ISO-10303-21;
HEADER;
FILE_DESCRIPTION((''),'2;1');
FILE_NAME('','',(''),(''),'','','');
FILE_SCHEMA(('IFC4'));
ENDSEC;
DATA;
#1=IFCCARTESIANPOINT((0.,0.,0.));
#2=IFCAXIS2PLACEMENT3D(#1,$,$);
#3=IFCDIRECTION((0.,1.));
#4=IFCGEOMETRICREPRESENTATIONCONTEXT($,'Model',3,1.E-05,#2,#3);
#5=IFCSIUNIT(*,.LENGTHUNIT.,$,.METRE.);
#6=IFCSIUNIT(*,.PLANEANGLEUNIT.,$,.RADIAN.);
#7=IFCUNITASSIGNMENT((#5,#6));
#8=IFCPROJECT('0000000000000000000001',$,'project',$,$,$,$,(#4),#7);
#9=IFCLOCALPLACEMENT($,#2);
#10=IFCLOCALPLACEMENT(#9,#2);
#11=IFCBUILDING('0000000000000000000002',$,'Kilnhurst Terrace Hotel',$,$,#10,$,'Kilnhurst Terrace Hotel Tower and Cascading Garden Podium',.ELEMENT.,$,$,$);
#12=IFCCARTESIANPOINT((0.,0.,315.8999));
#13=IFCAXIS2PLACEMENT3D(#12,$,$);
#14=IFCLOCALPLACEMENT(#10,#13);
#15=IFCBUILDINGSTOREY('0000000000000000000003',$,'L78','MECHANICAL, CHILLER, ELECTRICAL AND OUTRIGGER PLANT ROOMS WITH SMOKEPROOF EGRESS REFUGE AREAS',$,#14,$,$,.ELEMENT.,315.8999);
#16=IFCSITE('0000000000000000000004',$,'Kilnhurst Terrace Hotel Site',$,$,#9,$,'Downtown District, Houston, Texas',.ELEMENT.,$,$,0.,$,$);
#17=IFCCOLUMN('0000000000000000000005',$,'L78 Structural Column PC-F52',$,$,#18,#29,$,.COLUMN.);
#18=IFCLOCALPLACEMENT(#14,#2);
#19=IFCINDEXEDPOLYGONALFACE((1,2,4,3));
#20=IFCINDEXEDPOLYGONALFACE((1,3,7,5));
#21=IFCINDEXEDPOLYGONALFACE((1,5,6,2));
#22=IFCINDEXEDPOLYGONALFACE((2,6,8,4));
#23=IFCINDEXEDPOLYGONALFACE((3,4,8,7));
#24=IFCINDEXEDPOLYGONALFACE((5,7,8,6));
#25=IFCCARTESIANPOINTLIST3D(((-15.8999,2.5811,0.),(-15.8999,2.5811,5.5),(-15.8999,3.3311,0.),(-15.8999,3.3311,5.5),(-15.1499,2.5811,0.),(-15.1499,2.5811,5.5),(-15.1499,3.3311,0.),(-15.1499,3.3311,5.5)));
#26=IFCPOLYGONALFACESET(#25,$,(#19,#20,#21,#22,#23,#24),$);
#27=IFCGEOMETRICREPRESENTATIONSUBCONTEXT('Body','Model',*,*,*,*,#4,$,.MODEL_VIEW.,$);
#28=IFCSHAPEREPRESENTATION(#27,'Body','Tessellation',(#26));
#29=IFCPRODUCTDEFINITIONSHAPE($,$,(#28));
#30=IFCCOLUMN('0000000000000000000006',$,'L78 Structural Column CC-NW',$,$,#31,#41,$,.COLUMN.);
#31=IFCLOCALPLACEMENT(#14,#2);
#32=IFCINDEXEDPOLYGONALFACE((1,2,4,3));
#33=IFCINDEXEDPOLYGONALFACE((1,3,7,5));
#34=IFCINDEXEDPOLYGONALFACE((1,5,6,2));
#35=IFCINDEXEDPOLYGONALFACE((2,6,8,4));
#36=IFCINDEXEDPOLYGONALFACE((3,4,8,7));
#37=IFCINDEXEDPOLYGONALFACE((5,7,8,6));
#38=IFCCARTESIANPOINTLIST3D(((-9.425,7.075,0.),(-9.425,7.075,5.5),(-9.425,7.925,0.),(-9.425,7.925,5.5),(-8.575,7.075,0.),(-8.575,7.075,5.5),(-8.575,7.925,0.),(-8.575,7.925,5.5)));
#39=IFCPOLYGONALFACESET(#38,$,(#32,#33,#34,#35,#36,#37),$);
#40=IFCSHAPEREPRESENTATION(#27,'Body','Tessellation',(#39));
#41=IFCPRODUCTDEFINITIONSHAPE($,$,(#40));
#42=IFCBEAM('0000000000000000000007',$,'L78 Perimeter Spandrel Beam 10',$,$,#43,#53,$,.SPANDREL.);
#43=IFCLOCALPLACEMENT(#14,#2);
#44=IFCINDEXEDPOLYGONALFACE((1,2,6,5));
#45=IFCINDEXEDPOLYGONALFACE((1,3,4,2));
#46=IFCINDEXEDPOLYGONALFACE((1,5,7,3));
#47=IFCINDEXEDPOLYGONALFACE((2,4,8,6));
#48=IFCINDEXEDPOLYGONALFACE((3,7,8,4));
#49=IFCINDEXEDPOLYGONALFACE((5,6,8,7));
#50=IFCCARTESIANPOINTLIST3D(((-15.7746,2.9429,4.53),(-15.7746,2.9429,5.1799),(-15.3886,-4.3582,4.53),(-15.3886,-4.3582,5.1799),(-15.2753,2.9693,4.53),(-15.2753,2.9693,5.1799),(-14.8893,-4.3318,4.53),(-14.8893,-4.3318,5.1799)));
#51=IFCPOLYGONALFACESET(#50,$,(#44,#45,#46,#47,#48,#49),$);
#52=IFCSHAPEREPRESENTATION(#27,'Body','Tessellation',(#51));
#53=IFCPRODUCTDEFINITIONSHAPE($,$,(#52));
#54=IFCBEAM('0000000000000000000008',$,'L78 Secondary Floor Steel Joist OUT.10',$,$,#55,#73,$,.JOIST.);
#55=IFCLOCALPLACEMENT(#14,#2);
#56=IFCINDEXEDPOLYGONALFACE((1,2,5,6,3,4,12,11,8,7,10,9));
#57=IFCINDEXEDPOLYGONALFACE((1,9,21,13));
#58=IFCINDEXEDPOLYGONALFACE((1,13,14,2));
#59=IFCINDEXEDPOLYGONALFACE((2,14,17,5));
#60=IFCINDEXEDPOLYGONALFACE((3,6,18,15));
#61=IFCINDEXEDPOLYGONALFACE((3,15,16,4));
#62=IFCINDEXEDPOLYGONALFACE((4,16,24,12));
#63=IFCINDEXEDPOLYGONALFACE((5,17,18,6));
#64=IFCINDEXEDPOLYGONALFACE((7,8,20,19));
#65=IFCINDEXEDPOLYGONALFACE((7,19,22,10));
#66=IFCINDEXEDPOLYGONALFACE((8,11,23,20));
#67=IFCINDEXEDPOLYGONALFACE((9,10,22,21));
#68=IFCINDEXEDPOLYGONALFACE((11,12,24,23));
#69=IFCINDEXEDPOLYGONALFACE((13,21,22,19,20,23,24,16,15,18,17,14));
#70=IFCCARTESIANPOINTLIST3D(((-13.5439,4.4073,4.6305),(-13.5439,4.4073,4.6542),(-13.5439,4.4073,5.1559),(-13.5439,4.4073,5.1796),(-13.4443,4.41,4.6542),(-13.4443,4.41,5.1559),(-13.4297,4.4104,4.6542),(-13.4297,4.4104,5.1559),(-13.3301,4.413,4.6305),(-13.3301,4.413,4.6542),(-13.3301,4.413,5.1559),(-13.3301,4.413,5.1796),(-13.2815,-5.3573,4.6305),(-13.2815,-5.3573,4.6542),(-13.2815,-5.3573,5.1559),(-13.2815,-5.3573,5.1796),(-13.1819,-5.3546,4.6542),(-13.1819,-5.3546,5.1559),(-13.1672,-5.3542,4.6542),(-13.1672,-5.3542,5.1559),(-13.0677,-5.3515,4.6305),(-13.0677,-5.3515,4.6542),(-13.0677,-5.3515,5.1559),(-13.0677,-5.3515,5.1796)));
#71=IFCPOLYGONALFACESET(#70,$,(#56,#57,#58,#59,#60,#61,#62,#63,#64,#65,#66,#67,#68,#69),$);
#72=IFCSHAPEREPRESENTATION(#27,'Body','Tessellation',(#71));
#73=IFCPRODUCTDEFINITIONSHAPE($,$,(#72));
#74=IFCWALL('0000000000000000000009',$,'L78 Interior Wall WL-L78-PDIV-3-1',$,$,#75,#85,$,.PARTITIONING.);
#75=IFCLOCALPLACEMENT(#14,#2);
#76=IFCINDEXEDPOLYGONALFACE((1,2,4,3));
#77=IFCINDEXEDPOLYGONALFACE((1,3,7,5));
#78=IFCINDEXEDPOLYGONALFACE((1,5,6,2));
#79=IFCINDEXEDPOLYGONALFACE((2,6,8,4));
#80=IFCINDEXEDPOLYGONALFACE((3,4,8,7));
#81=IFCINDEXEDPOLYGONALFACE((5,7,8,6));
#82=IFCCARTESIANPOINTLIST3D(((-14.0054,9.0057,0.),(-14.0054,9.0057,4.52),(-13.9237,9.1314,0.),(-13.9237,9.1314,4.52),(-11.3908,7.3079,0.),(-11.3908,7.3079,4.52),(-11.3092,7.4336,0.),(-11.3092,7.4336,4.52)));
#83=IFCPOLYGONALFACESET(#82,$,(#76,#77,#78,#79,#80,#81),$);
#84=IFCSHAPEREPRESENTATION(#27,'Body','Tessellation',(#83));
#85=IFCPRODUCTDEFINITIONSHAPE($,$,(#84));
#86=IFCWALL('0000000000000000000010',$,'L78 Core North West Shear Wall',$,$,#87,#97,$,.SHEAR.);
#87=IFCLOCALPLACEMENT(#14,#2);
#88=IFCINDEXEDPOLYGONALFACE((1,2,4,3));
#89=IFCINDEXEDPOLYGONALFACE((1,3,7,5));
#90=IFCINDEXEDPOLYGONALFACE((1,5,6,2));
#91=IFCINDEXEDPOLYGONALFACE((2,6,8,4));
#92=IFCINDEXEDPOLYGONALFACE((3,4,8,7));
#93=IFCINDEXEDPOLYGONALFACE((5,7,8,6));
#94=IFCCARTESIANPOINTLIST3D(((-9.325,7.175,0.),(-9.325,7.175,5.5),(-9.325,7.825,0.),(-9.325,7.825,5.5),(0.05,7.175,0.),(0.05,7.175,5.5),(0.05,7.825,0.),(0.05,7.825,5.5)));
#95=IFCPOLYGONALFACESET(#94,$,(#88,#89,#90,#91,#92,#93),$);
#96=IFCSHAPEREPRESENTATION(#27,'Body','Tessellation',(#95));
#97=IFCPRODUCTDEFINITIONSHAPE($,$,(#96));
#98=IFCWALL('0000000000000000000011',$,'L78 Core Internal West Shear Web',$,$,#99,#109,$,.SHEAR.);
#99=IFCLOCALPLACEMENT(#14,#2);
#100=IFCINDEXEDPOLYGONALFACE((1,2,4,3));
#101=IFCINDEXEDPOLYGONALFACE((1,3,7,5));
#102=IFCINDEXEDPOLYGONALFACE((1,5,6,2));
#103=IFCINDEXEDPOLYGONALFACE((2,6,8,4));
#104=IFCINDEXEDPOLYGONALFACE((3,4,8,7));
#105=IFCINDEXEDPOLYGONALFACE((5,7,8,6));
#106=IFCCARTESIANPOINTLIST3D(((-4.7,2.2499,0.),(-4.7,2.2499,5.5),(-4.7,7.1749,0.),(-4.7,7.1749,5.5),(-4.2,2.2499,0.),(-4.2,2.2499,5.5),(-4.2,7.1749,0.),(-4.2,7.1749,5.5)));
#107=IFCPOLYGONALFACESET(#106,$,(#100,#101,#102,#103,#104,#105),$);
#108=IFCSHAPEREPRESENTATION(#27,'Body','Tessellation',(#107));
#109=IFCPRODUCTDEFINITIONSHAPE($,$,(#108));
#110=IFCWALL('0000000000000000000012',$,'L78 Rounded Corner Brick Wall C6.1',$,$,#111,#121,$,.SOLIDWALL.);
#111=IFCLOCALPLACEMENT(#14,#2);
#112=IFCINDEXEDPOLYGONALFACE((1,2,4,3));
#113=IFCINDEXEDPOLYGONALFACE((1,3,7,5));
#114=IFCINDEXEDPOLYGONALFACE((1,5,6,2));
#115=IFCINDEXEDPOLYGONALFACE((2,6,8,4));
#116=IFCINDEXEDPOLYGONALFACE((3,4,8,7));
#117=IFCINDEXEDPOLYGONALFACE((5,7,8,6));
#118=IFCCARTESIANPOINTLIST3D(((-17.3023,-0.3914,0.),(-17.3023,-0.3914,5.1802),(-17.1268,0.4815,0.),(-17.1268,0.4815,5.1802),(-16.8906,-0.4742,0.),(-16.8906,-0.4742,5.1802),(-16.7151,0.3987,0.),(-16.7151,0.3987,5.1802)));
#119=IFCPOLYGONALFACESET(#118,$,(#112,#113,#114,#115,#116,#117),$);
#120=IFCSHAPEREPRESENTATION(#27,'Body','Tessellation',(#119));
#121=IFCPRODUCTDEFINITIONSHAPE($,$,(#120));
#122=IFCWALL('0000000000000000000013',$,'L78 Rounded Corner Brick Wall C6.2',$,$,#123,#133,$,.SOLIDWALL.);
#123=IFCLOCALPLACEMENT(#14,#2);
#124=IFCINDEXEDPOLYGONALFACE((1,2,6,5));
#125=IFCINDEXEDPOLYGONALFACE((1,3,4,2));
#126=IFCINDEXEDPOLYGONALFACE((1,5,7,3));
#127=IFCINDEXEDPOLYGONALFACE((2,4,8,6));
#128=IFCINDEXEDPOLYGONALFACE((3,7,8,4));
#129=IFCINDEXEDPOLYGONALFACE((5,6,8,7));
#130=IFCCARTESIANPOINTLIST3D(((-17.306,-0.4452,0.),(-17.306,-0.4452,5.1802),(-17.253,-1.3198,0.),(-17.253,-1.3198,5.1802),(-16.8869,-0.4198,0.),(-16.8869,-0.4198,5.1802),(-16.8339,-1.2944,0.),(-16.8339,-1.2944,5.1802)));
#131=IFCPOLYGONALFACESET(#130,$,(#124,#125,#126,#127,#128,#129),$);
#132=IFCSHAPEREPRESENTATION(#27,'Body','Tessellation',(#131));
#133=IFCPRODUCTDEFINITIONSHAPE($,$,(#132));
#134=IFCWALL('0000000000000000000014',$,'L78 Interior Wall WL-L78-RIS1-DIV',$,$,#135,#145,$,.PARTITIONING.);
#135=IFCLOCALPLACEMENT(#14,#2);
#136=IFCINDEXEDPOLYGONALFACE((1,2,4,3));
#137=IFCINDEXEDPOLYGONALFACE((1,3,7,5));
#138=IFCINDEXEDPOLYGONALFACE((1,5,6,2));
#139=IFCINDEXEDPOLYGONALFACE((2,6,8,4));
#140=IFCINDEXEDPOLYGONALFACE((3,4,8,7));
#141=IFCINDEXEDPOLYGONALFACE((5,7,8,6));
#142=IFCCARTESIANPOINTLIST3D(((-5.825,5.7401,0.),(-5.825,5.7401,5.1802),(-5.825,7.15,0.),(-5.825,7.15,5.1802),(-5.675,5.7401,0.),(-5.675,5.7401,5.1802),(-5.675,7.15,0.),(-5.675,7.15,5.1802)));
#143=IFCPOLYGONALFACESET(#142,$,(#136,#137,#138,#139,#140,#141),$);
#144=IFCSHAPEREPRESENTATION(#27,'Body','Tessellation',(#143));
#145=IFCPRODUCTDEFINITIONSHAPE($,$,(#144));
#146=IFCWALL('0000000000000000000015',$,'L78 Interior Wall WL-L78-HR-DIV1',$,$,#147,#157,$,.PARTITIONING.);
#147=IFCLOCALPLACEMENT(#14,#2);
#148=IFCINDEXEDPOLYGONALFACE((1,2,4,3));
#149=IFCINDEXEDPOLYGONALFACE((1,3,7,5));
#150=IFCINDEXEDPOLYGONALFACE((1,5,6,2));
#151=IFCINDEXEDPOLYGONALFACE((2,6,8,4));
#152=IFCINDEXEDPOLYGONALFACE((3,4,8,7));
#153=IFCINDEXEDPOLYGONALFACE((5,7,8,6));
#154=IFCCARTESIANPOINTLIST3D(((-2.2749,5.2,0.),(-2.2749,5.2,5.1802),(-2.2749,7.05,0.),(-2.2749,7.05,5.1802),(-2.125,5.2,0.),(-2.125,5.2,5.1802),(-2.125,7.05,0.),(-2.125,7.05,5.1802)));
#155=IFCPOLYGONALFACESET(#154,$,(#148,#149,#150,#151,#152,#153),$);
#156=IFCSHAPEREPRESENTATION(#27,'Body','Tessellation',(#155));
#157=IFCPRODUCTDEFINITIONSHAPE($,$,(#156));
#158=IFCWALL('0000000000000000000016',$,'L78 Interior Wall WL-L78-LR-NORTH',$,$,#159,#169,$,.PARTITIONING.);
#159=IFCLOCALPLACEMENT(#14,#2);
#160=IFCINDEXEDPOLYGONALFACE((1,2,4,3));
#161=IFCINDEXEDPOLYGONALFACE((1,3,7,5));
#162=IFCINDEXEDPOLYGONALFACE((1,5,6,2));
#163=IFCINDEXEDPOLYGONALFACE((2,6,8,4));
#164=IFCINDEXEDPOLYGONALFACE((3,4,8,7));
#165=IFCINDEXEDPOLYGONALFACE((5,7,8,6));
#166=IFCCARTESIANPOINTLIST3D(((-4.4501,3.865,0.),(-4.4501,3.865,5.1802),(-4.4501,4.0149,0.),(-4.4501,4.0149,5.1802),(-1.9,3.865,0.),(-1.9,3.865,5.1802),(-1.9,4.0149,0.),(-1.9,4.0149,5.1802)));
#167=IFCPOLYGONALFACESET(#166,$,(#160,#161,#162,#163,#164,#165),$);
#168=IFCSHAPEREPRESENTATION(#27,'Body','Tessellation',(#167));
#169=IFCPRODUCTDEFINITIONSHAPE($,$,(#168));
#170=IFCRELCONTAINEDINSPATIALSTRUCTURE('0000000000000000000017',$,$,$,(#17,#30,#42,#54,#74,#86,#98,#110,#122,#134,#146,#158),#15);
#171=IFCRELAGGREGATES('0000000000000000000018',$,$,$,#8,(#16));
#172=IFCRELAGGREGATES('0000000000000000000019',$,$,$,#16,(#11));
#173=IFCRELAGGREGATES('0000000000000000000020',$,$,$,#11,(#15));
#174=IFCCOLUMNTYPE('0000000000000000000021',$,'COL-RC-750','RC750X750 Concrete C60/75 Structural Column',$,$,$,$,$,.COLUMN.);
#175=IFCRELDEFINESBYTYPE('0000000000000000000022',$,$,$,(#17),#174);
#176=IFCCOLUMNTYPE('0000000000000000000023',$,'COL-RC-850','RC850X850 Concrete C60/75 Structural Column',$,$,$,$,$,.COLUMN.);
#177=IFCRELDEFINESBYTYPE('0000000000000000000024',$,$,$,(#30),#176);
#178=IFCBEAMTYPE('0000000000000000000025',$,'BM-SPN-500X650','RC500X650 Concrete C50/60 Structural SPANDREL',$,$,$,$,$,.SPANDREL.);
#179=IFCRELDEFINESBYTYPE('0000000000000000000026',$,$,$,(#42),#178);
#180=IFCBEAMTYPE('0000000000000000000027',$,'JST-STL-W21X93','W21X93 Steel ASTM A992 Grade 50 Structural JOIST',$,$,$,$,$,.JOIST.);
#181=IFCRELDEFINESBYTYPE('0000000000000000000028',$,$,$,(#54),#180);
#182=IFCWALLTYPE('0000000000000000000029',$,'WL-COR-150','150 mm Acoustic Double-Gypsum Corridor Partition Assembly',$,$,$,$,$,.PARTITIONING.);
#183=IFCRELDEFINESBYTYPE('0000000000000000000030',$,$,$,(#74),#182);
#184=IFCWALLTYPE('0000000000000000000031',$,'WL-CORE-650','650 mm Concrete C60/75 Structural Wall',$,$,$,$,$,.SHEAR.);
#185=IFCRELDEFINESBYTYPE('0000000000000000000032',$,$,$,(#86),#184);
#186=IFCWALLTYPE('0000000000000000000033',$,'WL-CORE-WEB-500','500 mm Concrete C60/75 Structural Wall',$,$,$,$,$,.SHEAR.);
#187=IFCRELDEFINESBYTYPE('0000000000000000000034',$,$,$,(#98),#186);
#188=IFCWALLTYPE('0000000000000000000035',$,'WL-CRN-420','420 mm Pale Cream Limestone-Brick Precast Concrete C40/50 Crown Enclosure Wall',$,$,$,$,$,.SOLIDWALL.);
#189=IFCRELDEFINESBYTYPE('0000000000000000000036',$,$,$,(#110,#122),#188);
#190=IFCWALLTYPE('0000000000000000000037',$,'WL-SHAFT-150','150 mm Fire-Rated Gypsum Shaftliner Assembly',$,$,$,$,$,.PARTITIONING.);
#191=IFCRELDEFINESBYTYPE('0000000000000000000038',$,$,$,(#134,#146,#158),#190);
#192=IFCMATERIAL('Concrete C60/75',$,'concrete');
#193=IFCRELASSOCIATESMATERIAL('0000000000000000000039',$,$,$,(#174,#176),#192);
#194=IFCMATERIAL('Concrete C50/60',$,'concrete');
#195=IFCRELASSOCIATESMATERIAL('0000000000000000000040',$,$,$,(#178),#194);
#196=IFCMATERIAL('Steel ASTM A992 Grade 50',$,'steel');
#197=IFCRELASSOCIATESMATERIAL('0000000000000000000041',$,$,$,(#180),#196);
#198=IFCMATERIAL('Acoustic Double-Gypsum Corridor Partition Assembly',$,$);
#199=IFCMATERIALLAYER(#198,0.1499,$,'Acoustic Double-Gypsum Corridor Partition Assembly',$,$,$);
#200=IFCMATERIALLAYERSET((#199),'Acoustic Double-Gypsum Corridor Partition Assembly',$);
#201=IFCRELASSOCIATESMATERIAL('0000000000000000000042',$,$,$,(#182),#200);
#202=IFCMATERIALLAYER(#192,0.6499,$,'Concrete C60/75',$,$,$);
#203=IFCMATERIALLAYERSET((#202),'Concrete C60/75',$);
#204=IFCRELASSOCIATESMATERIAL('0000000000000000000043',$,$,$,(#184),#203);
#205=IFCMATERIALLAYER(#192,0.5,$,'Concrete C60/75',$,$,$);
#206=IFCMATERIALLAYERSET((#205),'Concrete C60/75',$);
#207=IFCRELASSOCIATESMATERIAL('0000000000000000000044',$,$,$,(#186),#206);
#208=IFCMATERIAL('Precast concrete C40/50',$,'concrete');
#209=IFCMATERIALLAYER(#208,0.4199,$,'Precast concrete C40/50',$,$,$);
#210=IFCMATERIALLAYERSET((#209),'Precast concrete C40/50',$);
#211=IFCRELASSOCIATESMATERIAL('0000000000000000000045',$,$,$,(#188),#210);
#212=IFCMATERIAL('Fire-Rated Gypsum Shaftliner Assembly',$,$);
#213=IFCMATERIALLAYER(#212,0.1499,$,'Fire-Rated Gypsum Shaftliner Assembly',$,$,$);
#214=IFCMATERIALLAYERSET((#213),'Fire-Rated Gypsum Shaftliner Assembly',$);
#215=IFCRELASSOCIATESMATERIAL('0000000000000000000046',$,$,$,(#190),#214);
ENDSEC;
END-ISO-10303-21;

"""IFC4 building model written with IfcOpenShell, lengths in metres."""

from ifc_helpers import new_model, si_unit, direction, frame, frame_2d, origin, origin_2d, place, context, subcontext, project, spatial, rectangle, i_section, extrude, material, layer, layer_set, material_profile, profile_set, type_object, element, save


model = new_model("IFC4")

# Units and contexts
model_context = context("Model", 3, precision=1e-05, world=origin(), true_north=direction((0.0, 1.0)))
body_context = subcontext(model_context, "Body", "Model", "MODEL_VIEW")
ifc_project = project(units=[si_unit("LENGTHUNIT", "METRE"), si_unit("PLANEANGLEUNIT", "RADIAN")], contexts=[model_context])

# Site, building, storey
site_placement = place(None, origin())
site = spatial("IfcSite", under=ifc_project, at=site_placement, Name="Kilnhurst Terrace Hotel Site", LongName="Downtown District, Houston, Texas", CompositionType="ELEMENT", RefElevation=0.0)
building_placement = place(site_placement, origin())
building = spatial("IfcBuilding", under=site, at=building_placement, Name="Kilnhurst Terrace Hotel", LongName="Kilnhurst Terrace Hotel Tower and Cascading Garden Podium", CompositionType="ELEMENT")
storey_placement = place(building_placement, frame((0.0, 0.0, 315.8999)))
storey = spatial("IfcBuildingStorey", under=building, at=storey_placement, Name="L78", Description="MECHANICAL, CHILLER, ELECTRICAL AND OUTRIGGER PLANT ROOMS WITH SMOKEPROOF EGRESS REFUGE AREAS", CompositionType="ELEMENT", Elevation=315.8999)

# Columns
ifc_material_1 = material(Name="Concrete C60/75", Category="concrete")
ifc_material_profile_1 = material_profile(ifc_material_1, rectangle(XDim=0.75, YDim=0.75, at=origin_2d()), Name="RC750X750")
ifc_profile_set_1 = profile_set([ifc_material_profile_1], Name="Concrete C60/75")
column_type_1 = type_object("IfcColumnType", Name="COL-RC-750", Description="RC750X750 Concrete C60/75 Structural Column", PredefinedType="COLUMN", material=ifc_profile_set_1)
column_1_placement = place(storey_placement, frame((-15.5249, 2.9561, 0.0), z_axis=(0.0, 0.0, 1.0), x_axis=(1.0, 0.0, 0.0)))
element("IfcColumn", 1, at=column_1_placement, inside=storey, type_object=column_type_1, Name="L78 Structural Column PC-F52", PredefinedType="COLUMN", context=body_context, shape_type="SweptSolid", body=[
    extrude(rectangle(XDim=0.75, YDim=0.75, at=origin_2d()), origin(), (0.0, 0.0, 1.0), 5.5),
])
ifc_material_profile_2 = material_profile(ifc_material_1, rectangle(XDim=0.8501, YDim=0.8501, at=origin_2d()), Name="RC850X850")
ifc_profile_set_2 = profile_set([ifc_material_profile_2], Name="Concrete C60/75")
column_type_2 = type_object("IfcColumnType", Name="COL-RC-850", Description="RC850X850 Concrete C60/75 Structural Column", PredefinedType="COLUMN", material=ifc_profile_set_2)
column_2_placement = place(storey_placement, frame((-9.0, 7.5, 0.0), z_axis=(0.0, 0.0, 1.0), x_axis=(1.0, 0.0, 0.0)))
element("IfcColumn", 2, at=column_2_placement, inside=storey, type_object=column_type_2, Name="L78 Structural Column CC-NW", PredefinedType="COLUMN", context=body_context, shape_type="SweptSolid", body=[
    extrude(rectangle(XDim=0.8501, YDim=0.8501, at=origin_2d()), origin(), (0.0, 0.0, 1.0), 5.5),
])

# Beams
ifc_material_2 = material(Name="Concrete C50/60", Category="concrete")
ifc_material_profile_3 = material_profile(ifc_material_2, rectangle(XDim=0.5, YDim=0.6499, at=origin_2d()), Name="RC500X650")
ifc_profile_set_3 = profile_set([ifc_material_profile_3], Name="Concrete C50/60")
beam_type_1 = type_object("IfcBeamType", Name="BM-SPN-500X650", Description="RC500X650 Concrete C50/60 Structural SPANDREL", PredefinedType="SPANDREL", material=ifc_profile_set_3)
beam_1_placement = place(storey_placement, frame((-15.5249, 2.9561, 4.855), z_axis=(0.052794, -0.998605, 0.0), x_axis=(0.998605, 0.052794, 0.0)))
element("IfcBeam", 3, at=beam_1_placement, inside=storey, type_object=beam_type_1, Name="L78 Perimeter Spandrel Beam 10", PredefinedType="SPANDREL", context=body_context, shape_type="SweptSolid", body=[
    extrude(rectangle(XDim=0.5, YDim=0.6499, at=origin_2d()), origin(), (0.0, 0.0, 1.0), 7.3113),
])
ifc_material_3 = material(Name="Steel ASTM A992 Grade 50", Category="steel")
ifc_material_profile_4 = material_profile(ifc_material_3, i_section(OverallWidth=0.2139, OverallDepth=0.5491, WebThickness=0.0146, FlangeThickness=0.0237, at=origin_2d()), Name="W21X93")
ifc_profile_set_4 = profile_set([ifc_material_profile_4], Name="Steel ASTM A992 Grade 50")
beam_type_2 = type_object("IfcBeamType", Name="JST-STL-W21X93", Description="W21X93 Steel ASTM A992 Grade 50 Structural JOIST", PredefinedType="JOIST", material=ifc_profile_set_4)
beam_2_placement = place(storey_placement, frame((-13.437, 4.4102, 4.905), z_axis=(0.026868, -0.999639, 0.0), x_axis=(0.999639, 0.026868, 0.0)))
element("IfcBeam", 4, at=beam_2_placement, inside=storey, type_object=beam_type_2, Name="L78 Secondary Floor Steel Joist OUT.10", PredefinedType="JOIST", context=body_context, shape_type="SweptSolid", body=[
    extrude(i_section(OverallWidth=0.2139, OverallDepth=0.5491, WebThickness=0.0146, FlangeThickness=0.0237, at=origin_2d()), origin(), (0.0, 0.0, 1.0), 9.7681),
])

# Walls
ifc_material_4 = material(Name="Acoustic Double-Gypsum Corridor Partition Assembly")
ifc_layer_1 = layer(ifc_material_4, 0.1499, Name="Acoustic Double-Gypsum Corridor Partition Assembly")
ifc_layer_set_1 = layer_set([ifc_layer_1], Name="Acoustic Double-Gypsum Corridor Partition Assembly")
wall_type_1 = type_object("IfcWallType", Name="WL-COR-150", Description="150 mm Acoustic Double-Gypsum Corridor Partition Assembly", PredefinedType="PARTITIONING", material=ifc_layer_set_1)
wall_1_placement = place(storey_placement, frame((-11.3501, 7.3708, 0.0), z_axis=(0.0, 0.0, 1.0), x_axis=(-0.838689, 0.544611, 0.0)))
element("IfcWall", 5, at=wall_1_placement, inside=storey, type_object=wall_type_1, Name="L78 Interior Wall WL-L78-PDIV-3-1", PredefinedType="PARTITIONING", context=body_context, shape_type="SweptSolid", body=[
    extrude(rectangle(XDim=3.1174, YDim=0.1499, at=frame_2d((1.5586, 0.0))), origin(), (0.0, 0.0, 1.0), 4.52),
])
ifc_layer_2 = layer(ifc_material_1, 0.6499, Name="Concrete C60/75")
ifc_layer_set_2 = layer_set([ifc_layer_2], Name="Concrete C60/75")
wall_type_2 = type_object("IfcWallType", Name="WL-CORE-650", Description="650 mm Concrete C60/75 Structural Wall", PredefinedType="SHEAR", material=ifc_layer_set_2)
wall_2_placement = place(storey_placement, frame((-9.325, 7.5, 0.0), z_axis=(0.0, 0.0, 1.0), x_axis=(1.0, 0.0, 0.0)))
element("IfcWall", 6, at=wall_2_placement, inside=storey, type_object=wall_type_2, Name="L78 Core North West Shear Wall", PredefinedType="SHEAR", context=body_context, shape_type="SweptSolid", body=[
    extrude(rectangle(XDim=9.375, YDim=0.6499, at=frame_2d((4.6875, 0.0))), origin(), (0.0, 0.0, 1.0), 5.5),
])
ifc_layer_3 = layer(ifc_material_1, 0.5, Name="Concrete C60/75")
ifc_layer_set_3 = layer_set([ifc_layer_3], Name="Concrete C60/75")
wall_type_3 = type_object("IfcWallType", Name="WL-CORE-WEB-500", Description="500 mm Concrete C60/75 Structural Wall", PredefinedType="SHEAR", material=ifc_layer_set_3)
wall_3_placement = place(storey_placement, frame((-4.45, 2.25, 0.0), z_axis=(0.0, 0.0, 1.0), x_axis=(0.0, 1.0, 0.0)))
element("IfcWall", 7, at=wall_3_placement, inside=storey, type_object=wall_type_3, Name="L78 Core Internal West Shear Web", PredefinedType="SHEAR", context=body_context, shape_type="SweptSolid", body=[
    extrude(rectangle(XDim=4.925, YDim=0.5, at=frame_2d((2.4624, 0.0))), origin(), (0.0, 0.0, 1.0), 5.5),
])
ifc_material_5 = material(Name="Precast concrete C40/50", Category="concrete")
ifc_layer_4 = layer(ifc_material_5, 0.4199, Name="Precast concrete C40/50")
ifc_layer_set_4 = layer_set([ifc_layer_4], Name="Precast concrete C40/50")
wall_type_4 = type_object("IfcWallType", Name="WL-CRN-420", Description="420 mm Pale Cream Limestone-Brick Precast Concrete C40/50 Crown Enclosure Wall", PredefinedType="SOLIDWALL", material=ifc_layer_set_4)
wall_4_placement = place(storey_placement, frame((-16.9209, 0.4402, 0.0), z_axis=(0.0, 0.0, 1.0), x_axis=(-0.197171, -0.980369, 0.0)))
element("IfcWall", 8, at=wall_4_placement, inside=storey, type_object=wall_type_4, Name="L78 Rounded Corner Brick Wall C6.1", PredefinedType="SOLIDWALL", context=body_context, shape_type="SweptSolid", body=[
    extrude(rectangle(XDim=0.8904, YDim=0.4199, at=frame_2d((0.4453, 0.0))), origin(), (0.0, 0.0, 1.0), 5.1802),
])
wall_5_placement = place(storey_placement, frame((-17.0964, -0.4326, 0.0), z_axis=(0.0, 0.0, 1.0), x_axis=(0.06047, -0.99817, 0.0)))
element("IfcWall", 9, at=wall_5_placement, inside=storey, type_object=wall_type_4, Name="L78 Rounded Corner Brick Wall C6.2", PredefinedType="SOLIDWALL", context=body_context, shape_type="SweptSolid", body=[
    extrude(rectangle(XDim=0.8762, YDim=0.4199, at=frame_2d((0.438, 0.0))), origin(), (0.0, 0.0, 1.0), 5.1802),
])
ifc_material_6 = material(Name="Fire-Rated Gypsum Shaftliner Assembly")
ifc_layer_5 = layer(ifc_material_6, 0.1499, Name="Fire-Rated Gypsum Shaftliner Assembly")
ifc_layer_set_5 = layer_set([ifc_layer_5], Name="Fire-Rated Gypsum Shaftliner Assembly")
wall_type_5 = type_object("IfcWallType", Name="WL-SHAFT-150", Description="150 mm Fire-Rated Gypsum Shaftliner Assembly", PredefinedType="PARTITIONING", material=ifc_layer_set_5)
wall_6_placement = place(storey_placement, frame((-5.75, 5.74, 0.0), z_axis=(0.0, 0.0, 1.0), x_axis=(0.0, 1.0, 0.0)))
element("IfcWall", 10, at=wall_6_placement, inside=storey, type_object=wall_type_5, Name="L78 Interior Wall WL-L78-RIS1-DIV", PredefinedType="PARTITIONING", context=body_context, shape_type="SweptSolid", body=[
    extrude(rectangle(XDim=1.4099, YDim=0.1499, at=frame_2d((0.7051, 0.0))), origin(), (0.0, 0.0, 1.0), 5.1802),
])
wall_7_placement = place(storey_placement, frame((-2.2, 5.2, 0.0), z_axis=(0.0, 0.0, 1.0), x_axis=(0.0, 1.0, 0.0)))
element("IfcWall", 11, at=wall_7_placement, inside=storey, type_object=wall_type_5, Name="L78 Interior Wall WL-L78-HR-DIV1", PredefinedType="PARTITIONING", context=body_context, shape_type="SweptSolid", body=[
    extrude(rectangle(XDim=1.8501, YDim=0.1499, at=frame_2d((0.925, 0.0))), origin(), (0.0, 0.0, 1.0), 5.1802),
])
wall_8_placement = place(storey_placement, frame((-4.45, 3.9399, 0.0), z_axis=(0.0, 0.0, 1.0), x_axis=(1.0, 0.0, 0.0)))
element("IfcWall", 12, at=wall_8_placement, inside=storey, type_object=wall_type_5, Name="L78 Interior Wall WL-L78-LR-NORTH", PredefinedType="PARTITIONING", context=body_context, shape_type="SweptSolid", body=[
    extrude(rectangle(XDim=2.55, YDim=0.1499, at=frame_2d((1.2749, 0.0))), origin(), (0.0, 0.0, 1.0), 5.1802),
])

save(model, "model.ifc")
